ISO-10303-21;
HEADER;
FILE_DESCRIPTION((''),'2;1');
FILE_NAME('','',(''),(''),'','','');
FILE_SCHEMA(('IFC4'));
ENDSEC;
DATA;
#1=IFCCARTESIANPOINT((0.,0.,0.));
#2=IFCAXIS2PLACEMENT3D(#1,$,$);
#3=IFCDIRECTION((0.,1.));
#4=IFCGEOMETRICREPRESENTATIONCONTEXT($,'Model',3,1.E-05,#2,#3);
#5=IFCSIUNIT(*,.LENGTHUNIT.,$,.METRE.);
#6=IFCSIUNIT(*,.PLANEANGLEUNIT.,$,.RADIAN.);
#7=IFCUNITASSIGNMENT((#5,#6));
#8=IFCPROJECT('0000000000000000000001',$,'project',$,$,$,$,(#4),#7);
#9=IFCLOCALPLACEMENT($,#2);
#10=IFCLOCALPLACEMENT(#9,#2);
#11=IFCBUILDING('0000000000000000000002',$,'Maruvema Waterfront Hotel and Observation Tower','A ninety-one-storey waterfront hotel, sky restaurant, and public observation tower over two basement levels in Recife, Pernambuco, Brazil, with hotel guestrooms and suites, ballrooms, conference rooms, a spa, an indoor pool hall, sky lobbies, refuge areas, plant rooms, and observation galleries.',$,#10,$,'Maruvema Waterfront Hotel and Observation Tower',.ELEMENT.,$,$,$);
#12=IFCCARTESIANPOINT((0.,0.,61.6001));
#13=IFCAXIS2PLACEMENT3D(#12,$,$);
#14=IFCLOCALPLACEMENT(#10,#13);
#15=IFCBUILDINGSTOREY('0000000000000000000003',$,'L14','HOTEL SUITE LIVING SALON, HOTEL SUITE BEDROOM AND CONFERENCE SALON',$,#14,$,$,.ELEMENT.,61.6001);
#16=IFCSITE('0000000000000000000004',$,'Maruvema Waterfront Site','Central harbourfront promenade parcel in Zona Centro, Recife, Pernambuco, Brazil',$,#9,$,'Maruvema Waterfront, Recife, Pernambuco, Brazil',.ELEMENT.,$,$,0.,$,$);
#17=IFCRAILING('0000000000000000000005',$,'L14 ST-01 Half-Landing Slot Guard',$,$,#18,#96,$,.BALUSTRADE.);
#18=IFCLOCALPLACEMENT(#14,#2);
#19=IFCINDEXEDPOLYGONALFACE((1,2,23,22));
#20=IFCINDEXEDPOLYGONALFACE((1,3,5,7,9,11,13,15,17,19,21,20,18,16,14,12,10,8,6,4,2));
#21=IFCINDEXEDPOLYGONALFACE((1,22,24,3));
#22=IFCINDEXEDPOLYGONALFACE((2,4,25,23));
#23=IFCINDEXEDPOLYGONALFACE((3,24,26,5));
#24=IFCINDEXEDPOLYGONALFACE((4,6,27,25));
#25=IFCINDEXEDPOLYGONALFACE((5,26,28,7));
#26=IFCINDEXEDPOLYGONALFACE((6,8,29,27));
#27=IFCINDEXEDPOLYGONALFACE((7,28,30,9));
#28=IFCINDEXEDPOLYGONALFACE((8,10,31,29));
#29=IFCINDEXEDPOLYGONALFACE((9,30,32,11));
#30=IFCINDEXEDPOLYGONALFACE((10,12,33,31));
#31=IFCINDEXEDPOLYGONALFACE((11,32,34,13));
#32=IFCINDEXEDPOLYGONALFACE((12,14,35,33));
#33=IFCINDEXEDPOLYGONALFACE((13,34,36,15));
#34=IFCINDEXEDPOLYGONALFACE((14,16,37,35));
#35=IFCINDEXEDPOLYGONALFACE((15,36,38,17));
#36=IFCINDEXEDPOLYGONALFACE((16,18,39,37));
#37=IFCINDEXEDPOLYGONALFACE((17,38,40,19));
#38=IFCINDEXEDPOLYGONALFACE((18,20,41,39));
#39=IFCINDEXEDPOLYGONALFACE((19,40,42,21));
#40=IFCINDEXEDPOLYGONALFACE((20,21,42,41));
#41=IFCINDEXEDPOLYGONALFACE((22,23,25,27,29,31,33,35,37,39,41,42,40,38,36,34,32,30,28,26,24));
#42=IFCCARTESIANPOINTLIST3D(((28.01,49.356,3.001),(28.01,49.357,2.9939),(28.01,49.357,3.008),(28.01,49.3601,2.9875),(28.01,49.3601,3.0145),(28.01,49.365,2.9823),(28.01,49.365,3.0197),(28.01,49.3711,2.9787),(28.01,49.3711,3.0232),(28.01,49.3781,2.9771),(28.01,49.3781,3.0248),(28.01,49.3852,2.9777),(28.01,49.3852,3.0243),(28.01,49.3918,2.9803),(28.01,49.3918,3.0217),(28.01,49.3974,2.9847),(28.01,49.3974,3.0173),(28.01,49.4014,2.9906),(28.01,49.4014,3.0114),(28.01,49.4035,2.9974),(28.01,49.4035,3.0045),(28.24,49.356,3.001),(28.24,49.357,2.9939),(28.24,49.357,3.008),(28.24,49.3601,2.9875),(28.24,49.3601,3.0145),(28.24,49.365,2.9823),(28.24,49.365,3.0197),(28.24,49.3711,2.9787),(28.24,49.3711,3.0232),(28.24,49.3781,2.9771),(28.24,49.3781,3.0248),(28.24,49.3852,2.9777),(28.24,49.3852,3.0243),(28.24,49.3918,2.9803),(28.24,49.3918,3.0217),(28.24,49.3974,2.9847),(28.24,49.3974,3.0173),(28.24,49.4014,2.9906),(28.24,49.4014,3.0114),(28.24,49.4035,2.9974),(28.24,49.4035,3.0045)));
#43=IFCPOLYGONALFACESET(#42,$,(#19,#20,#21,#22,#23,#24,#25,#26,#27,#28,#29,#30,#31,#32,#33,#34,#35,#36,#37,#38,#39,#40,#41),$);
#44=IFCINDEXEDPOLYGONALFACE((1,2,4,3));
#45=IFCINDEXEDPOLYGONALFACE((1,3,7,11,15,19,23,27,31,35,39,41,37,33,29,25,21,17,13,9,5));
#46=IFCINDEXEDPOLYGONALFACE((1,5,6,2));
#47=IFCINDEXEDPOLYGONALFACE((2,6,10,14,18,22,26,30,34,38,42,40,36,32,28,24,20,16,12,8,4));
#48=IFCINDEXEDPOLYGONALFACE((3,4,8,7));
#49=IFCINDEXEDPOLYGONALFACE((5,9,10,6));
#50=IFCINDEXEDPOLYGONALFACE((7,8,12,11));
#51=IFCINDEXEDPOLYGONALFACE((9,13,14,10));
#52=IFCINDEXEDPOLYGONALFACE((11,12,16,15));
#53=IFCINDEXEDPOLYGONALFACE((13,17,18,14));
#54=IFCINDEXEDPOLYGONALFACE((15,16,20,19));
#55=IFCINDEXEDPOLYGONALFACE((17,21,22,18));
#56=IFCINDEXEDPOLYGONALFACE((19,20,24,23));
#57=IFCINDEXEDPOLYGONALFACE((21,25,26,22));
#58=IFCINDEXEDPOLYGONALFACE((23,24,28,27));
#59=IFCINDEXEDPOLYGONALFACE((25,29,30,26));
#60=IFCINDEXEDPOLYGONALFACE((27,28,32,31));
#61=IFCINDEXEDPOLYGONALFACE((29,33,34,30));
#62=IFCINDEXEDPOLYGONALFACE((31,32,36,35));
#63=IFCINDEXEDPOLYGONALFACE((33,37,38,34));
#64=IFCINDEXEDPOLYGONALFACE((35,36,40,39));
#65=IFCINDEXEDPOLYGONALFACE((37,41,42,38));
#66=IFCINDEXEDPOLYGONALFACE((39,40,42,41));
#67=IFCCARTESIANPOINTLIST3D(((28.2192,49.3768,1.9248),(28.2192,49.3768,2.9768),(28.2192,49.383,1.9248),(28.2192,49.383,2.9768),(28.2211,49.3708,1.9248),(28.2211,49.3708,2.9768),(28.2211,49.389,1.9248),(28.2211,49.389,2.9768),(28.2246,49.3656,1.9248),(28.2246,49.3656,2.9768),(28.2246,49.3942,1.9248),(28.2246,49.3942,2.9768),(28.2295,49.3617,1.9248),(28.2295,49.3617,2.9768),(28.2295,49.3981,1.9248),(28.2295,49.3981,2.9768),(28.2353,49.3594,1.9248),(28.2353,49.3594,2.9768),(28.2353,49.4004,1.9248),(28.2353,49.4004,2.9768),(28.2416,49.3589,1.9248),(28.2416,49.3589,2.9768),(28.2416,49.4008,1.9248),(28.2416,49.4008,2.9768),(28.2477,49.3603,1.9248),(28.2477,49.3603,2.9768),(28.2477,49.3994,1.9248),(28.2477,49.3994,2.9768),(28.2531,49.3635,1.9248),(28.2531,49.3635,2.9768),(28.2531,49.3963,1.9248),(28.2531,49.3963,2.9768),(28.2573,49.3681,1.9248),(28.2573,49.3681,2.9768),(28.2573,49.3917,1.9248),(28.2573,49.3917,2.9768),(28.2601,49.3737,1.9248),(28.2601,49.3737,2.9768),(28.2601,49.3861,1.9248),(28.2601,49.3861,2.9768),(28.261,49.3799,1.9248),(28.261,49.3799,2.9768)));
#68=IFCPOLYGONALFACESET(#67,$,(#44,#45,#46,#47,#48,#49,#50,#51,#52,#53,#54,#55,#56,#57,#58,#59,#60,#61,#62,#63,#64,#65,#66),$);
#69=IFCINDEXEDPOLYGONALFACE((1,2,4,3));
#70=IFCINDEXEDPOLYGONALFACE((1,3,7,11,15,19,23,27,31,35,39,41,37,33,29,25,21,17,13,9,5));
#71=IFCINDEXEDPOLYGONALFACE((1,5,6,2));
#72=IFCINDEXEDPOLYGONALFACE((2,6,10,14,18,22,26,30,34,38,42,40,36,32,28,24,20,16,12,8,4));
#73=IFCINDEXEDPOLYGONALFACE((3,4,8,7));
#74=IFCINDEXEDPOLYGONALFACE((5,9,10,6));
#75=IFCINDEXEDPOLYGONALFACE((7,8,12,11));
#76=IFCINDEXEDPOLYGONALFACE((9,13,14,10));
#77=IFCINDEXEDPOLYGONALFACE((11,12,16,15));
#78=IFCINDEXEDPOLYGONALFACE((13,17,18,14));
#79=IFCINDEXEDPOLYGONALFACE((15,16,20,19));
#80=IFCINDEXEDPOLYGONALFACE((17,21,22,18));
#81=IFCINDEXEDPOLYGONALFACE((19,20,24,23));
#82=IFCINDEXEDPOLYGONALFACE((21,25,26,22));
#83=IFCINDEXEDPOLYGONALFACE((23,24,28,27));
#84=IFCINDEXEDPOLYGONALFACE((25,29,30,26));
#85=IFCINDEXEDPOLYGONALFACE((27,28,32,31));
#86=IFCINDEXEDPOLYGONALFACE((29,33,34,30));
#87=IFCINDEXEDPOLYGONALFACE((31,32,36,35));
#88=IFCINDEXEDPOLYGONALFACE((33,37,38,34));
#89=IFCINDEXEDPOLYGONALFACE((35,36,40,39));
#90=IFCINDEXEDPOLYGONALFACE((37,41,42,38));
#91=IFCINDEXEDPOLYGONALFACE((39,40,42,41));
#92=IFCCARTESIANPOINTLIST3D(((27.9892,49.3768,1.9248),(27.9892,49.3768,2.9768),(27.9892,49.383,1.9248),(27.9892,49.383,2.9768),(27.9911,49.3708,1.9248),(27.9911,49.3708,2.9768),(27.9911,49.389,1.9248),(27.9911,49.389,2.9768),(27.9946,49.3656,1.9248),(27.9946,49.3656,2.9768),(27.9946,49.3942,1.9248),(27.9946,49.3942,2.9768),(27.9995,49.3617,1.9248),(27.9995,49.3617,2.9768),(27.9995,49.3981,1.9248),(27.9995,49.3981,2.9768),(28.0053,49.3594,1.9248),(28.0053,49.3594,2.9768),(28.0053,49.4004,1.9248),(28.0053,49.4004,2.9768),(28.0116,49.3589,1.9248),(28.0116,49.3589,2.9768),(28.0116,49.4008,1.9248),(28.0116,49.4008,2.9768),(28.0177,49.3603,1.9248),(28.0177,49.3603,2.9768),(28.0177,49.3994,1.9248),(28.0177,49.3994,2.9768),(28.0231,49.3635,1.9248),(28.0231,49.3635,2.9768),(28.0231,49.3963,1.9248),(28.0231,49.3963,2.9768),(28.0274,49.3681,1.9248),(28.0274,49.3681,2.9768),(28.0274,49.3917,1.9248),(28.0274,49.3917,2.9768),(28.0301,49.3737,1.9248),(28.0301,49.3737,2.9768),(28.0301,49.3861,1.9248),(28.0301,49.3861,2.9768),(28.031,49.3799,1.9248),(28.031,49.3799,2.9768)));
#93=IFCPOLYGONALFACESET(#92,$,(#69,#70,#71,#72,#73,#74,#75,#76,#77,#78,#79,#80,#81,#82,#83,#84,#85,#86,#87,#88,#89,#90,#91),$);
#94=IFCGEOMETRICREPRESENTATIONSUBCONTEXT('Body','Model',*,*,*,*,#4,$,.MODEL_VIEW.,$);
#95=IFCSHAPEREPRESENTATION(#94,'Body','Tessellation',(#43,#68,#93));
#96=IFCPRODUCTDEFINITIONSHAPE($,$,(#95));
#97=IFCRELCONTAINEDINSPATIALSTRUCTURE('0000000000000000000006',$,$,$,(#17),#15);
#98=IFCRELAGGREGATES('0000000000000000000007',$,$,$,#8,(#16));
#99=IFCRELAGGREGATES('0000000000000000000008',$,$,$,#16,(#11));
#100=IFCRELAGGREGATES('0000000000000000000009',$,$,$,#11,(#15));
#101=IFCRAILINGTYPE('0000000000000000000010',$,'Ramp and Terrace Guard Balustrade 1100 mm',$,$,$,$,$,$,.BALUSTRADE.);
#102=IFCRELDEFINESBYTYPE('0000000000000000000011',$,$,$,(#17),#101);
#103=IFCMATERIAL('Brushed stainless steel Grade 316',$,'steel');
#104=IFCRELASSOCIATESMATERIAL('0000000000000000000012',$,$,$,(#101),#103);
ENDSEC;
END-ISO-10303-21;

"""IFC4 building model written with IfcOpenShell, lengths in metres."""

from ifc_helpers import new_model, si_unit, direction, frame, origin, origin_2d, place, context, subcontext, project, spatial, circle, extrude, material, type_object, element, save


model = new_model("IFC4")

# Units and contexts
model_context = context("Model", 3, precision=1e-05, world=origin(), true_north=direction((0.0, 1.0)))
body_context = subcontext(model_context, "Body", "Model", "MODEL_VIEW")
ifc_project = project(units=[si_unit("LENGTHUNIT", "METRE"), si_unit("PLANEANGLEUNIT", "RADIAN")], contexts=[model_context])

# Site, building, storey
site_placement = place(None, origin())
site = spatial("IfcSite", under=ifc_project, at=site_placement, Name="Maruvema Waterfront Site", Description="Central harbourfront promenade parcel in Zona Centro, Recife, Pernambuco, Brazil", LongName="Maruvema Waterfront, Recife, Pernambuco, Brazil", CompositionType="ELEMENT", RefElevation=0.0)
building_placement = place(site_placement, origin())
building = spatial("IfcBuilding", under=site, at=building_placement, Name="Maruvema Waterfront Hotel and Observation Tower", Description="A ninety-one-storey waterfront hotel, sky restaurant, and public observation tower over two basement levels in Recife, Pernambuco, Brazil, with hotel guestrooms and suites, ballrooms, conference rooms, a spa, an indoor pool hall, sky lobbies, refuge areas, plant rooms, and observation galleries.", LongName="Maruvema Waterfront Hotel and Observation Tower", CompositionType="ELEMENT")
storey_placement = place(building_placement, frame((0.0, 0.0, 61.6001)))
storey = spatial("IfcBuildingStorey", under=building, at=storey_placement, Name="L14", Description="HOTEL SUITE LIVING SALON, HOTEL SUITE BEDROOM AND CONFERENCE SALON", CompositionType="ELEMENT", Elevation=61.6001)

# Railing
ifc_material_1 = material(Name="Brushed stainless steel Grade 316", Category="steel")
railing_type_1 = type_object("IfcRailingType", Name="Ramp and Terrace Guard Balustrade 1100 mm", PredefinedType="BALUSTRADE", material=ifc_material_1)
railing_1_placement = place(storey_placement, frame((28.24, 49.3799, 1.9248)))
element("IfcRailing", 1, at=railing_1_placement, inside=storey, type_object=railing_type_1, Name="L14 ST-01 Half-Landing Slot Guard", PredefinedType="BALUSTRADE", context=body_context, shape_type="SweptSolid", body=[
    extrude(circle(Radius=0.0239, at=origin_2d()), frame((0.0, 0.0, 1.0762), z_axis=(-1.0, 0.0, 0.0), x_axis=(0.0, -1.0, 0.0)), (0.0, 0.0, 1.0), 0.23),
    extrude(circle(Radius=0.021, at=origin_2d()), origin(), (0.0, 0.0, 1.0), 1.052),
    extrude(circle(Radius=0.021, at=origin_2d()), frame((-0.23, 0.0, 0.0)), (0.0, 0.0, 1.0), 1.052),
])

save(model, "model.ifc")
